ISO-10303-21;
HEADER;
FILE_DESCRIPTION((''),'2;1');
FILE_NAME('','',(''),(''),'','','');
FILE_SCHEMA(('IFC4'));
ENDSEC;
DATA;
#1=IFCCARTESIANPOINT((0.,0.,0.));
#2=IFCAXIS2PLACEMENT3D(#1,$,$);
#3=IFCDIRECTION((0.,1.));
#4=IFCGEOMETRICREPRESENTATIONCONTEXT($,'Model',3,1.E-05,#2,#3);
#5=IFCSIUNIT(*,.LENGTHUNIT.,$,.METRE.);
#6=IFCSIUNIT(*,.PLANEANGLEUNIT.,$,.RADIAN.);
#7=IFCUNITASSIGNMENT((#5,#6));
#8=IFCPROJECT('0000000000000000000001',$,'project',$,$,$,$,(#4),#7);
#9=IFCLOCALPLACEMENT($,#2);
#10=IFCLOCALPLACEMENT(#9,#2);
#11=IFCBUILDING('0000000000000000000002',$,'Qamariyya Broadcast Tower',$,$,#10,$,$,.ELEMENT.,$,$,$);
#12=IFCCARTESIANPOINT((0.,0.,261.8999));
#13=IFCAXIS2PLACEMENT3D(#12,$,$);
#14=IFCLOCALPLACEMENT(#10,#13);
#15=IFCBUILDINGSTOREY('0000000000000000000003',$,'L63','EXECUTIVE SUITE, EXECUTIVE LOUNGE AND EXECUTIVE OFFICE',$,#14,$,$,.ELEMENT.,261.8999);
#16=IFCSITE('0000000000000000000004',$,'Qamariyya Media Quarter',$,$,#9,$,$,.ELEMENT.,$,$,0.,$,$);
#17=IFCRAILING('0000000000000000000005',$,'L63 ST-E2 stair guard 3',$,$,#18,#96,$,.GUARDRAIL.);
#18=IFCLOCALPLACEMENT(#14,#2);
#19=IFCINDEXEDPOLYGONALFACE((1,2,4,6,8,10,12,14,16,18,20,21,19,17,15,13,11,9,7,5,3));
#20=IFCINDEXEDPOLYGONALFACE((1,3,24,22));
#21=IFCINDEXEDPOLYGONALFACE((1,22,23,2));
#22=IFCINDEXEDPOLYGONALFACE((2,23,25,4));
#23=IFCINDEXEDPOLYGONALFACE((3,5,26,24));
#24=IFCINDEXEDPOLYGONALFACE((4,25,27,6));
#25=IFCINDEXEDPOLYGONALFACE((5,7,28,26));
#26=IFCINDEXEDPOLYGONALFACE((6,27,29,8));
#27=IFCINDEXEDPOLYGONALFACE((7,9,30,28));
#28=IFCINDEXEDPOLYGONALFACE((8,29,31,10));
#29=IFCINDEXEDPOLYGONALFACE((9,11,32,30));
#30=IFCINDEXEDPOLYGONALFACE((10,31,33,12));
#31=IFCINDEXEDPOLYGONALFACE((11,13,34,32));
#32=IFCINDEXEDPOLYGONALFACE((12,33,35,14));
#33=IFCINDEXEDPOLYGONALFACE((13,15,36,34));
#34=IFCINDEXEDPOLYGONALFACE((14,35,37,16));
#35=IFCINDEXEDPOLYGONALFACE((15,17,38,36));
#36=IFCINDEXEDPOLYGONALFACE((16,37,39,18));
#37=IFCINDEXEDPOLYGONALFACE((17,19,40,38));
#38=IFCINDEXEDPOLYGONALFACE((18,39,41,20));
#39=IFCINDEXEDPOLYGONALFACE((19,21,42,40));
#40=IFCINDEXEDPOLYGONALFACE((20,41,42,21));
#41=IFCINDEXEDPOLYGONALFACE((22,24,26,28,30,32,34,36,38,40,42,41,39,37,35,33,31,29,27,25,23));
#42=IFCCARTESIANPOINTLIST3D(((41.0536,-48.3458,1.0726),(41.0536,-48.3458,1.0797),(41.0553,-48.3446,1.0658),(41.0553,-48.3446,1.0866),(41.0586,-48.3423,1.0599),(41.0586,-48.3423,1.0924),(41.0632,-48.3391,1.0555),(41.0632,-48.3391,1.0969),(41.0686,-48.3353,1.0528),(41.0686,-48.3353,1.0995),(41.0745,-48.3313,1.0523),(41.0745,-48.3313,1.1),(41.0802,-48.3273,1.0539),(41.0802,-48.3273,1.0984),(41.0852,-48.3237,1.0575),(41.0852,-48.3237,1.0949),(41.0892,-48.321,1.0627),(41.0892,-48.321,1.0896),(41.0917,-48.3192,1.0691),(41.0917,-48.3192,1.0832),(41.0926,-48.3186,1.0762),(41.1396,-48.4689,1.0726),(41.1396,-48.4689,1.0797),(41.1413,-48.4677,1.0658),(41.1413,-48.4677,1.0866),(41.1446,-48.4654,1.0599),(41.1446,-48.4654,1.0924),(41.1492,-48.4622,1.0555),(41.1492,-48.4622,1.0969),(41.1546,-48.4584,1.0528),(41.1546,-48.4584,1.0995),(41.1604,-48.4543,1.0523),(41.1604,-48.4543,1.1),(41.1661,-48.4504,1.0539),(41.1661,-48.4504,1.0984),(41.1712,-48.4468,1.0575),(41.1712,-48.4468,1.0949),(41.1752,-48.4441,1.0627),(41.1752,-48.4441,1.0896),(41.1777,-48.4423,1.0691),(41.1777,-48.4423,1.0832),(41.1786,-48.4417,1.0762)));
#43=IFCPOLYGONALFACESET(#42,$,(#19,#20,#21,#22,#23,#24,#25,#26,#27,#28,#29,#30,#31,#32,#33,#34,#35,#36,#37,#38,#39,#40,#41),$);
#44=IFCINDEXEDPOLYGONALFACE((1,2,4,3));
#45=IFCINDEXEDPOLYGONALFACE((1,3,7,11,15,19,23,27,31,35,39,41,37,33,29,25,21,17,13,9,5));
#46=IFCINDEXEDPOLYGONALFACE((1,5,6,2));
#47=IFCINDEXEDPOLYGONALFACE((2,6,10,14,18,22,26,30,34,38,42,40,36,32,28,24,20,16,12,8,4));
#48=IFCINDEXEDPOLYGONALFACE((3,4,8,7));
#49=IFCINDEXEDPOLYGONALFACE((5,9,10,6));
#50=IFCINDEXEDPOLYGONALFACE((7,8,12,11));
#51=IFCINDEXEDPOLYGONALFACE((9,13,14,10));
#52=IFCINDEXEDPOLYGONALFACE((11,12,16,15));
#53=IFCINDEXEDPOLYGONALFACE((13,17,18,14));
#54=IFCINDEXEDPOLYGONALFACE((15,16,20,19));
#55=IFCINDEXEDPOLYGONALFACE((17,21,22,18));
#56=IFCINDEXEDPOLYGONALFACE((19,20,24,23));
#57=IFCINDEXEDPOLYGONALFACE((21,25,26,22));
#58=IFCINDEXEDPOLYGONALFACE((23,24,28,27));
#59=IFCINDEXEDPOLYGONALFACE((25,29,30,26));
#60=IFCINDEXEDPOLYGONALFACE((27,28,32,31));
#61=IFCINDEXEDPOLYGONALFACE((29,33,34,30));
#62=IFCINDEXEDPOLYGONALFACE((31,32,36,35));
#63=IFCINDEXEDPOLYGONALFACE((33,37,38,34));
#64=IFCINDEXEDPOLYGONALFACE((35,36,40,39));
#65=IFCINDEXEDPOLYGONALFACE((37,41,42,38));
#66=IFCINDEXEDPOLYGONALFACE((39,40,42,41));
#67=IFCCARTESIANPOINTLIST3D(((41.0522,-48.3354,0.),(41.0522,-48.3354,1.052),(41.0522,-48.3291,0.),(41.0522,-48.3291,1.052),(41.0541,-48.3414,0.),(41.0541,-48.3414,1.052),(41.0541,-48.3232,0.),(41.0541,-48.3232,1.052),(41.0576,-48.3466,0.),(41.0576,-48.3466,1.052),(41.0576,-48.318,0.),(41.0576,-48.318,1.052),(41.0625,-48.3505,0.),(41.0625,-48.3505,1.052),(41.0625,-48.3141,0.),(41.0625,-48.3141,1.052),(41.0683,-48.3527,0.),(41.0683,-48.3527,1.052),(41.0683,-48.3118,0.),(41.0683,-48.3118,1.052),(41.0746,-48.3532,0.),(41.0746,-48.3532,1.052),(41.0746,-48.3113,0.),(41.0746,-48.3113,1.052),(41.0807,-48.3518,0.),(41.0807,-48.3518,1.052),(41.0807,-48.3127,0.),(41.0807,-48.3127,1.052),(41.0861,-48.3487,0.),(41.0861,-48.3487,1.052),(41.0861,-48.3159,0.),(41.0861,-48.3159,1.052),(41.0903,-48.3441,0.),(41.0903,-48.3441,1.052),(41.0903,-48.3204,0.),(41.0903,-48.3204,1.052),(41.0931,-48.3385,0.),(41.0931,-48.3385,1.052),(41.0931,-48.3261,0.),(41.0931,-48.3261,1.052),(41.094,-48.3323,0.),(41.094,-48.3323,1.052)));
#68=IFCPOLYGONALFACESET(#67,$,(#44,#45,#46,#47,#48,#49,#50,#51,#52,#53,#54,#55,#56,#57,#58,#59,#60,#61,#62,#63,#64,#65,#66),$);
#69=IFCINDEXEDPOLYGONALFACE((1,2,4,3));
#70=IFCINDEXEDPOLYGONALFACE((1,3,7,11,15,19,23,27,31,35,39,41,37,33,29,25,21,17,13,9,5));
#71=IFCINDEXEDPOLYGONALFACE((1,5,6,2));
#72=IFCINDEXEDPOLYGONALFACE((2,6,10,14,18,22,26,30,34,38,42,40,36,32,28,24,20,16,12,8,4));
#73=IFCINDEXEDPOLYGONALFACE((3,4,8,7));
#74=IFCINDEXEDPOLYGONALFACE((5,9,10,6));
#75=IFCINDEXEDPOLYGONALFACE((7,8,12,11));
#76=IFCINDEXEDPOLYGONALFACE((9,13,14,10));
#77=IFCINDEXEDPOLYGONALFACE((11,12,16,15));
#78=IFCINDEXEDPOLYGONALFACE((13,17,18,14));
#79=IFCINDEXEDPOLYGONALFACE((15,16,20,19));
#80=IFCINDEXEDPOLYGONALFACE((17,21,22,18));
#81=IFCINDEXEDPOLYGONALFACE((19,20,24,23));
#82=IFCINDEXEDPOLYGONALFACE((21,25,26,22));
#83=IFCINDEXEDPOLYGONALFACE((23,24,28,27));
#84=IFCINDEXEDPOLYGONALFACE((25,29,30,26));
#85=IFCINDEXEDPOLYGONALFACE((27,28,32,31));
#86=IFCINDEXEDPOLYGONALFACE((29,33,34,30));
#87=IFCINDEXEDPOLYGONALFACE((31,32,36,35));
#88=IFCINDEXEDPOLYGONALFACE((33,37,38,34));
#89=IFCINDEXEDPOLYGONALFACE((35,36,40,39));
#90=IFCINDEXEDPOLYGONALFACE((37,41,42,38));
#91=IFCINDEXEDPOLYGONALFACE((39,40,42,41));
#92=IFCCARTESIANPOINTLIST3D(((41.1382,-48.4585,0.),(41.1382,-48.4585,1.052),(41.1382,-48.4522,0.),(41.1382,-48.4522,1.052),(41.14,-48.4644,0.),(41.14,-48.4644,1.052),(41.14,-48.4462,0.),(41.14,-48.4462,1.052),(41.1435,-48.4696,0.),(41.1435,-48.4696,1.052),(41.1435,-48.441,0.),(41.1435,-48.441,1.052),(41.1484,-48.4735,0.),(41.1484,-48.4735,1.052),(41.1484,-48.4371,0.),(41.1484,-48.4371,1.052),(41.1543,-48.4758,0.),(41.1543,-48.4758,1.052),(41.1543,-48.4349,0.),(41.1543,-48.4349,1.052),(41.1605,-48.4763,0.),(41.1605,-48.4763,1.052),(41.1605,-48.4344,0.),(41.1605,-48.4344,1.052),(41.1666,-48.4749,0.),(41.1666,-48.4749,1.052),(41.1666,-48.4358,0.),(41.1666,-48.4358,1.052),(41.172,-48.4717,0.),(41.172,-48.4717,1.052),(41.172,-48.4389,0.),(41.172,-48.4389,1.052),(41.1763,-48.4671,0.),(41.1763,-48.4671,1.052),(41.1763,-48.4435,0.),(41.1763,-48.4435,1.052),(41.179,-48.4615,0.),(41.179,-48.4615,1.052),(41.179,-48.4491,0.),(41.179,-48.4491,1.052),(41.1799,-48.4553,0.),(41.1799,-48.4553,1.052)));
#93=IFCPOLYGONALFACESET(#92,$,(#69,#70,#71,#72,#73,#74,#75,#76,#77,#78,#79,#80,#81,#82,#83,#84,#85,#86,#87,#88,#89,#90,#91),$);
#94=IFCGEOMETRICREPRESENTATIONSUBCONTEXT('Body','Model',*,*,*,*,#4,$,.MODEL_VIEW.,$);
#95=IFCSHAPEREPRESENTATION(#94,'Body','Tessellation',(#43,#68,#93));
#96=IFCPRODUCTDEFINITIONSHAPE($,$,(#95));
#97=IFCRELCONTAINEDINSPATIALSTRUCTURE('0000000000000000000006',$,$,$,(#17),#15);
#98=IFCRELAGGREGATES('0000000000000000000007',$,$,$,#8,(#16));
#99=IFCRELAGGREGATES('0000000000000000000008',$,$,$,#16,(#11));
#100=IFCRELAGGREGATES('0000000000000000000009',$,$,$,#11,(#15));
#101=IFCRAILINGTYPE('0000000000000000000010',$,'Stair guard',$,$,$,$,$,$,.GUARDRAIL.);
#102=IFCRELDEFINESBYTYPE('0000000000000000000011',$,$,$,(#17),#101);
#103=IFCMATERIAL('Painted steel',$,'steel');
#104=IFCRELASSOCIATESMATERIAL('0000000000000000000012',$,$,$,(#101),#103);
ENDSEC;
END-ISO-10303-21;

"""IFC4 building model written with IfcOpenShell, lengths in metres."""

from ifc_helpers import new_model, si_unit, direction, frame, origin, origin_2d, place, context, subcontext, project, spatial, circle, extrude, material, type_object, element, save


model = new_model("IFC4")

# Units and contexts
model_context = context("Model", 3, precision=1e-05, world=origin(), true_north=direction((0.0, 1.0)))
body_context = subcontext(model_context, "Body", "Model", "MODEL_VIEW")
ifc_project = project(units=[si_unit("LENGTHUNIT", "METRE"), si_unit("PLANEANGLEUNIT", "RADIAN")], contexts=[model_context])

# Site, building, storey
site_placement = place(None, origin())
site = spatial("IfcSite", under=ifc_project, at=site_placement, Name="Qamariyya Media Quarter", CompositionType="ELEMENT", RefElevation=0.0)
building_placement = place(site_placement, origin())
building = spatial("IfcBuilding", under=site, at=building_placement, Name="Qamariyya Broadcast Tower", CompositionType="ELEMENT")
storey_placement = place(building_placement, frame((0.0, 0.0, 261.8999)))
storey = spatial("IfcBuildingStorey", under=building, at=storey_placement, Name="L63", Description="EXECUTIVE SUITE, EXECUTIVE LOUNGE AND EXECUTIVE OFFICE", CompositionType="ELEMENT", Elevation=261.8999)

# Railing
ifc_material_1 = material(Name="Painted steel", Category="steel")
railing_type_1 = type_object("IfcRailingType", Name="Stair guard", PredefinedType="GUARDRAIL", material=ifc_material_1)
railing_1_placement = place(storey_placement, frame((41.073, -48.3323, 0.0)))
element("IfcRailing", 1, at=railing_1_placement, inside=storey, type_object=railing_type_1, Name="L63 ST-E2 stair guard 3", PredefinedType="GUARDRAIL", context=body_context, shape_type="SweptSolid", body=[
    extrude(circle(Radius=0.0239, at=origin_2d()), frame((0.0, 0.0, 1.0762), z_axis=(0.572589, -0.819843, 0.0), x_axis=(0.819843, 0.572589, 0.0)), (0.0, 0.0, 1.0), 0.1501),
    extrude(circle(Radius=0.021, at=origin_2d()), origin(), (0.0, 0.0, 1.0), 1.052),
    extrude(circle(Radius=0.021, at=origin_2d()), frame((0.0859, -0.123, 0.0)), (0.0, 0.0, 1.0), 1.052),
])

save(model, "model.ifc")
